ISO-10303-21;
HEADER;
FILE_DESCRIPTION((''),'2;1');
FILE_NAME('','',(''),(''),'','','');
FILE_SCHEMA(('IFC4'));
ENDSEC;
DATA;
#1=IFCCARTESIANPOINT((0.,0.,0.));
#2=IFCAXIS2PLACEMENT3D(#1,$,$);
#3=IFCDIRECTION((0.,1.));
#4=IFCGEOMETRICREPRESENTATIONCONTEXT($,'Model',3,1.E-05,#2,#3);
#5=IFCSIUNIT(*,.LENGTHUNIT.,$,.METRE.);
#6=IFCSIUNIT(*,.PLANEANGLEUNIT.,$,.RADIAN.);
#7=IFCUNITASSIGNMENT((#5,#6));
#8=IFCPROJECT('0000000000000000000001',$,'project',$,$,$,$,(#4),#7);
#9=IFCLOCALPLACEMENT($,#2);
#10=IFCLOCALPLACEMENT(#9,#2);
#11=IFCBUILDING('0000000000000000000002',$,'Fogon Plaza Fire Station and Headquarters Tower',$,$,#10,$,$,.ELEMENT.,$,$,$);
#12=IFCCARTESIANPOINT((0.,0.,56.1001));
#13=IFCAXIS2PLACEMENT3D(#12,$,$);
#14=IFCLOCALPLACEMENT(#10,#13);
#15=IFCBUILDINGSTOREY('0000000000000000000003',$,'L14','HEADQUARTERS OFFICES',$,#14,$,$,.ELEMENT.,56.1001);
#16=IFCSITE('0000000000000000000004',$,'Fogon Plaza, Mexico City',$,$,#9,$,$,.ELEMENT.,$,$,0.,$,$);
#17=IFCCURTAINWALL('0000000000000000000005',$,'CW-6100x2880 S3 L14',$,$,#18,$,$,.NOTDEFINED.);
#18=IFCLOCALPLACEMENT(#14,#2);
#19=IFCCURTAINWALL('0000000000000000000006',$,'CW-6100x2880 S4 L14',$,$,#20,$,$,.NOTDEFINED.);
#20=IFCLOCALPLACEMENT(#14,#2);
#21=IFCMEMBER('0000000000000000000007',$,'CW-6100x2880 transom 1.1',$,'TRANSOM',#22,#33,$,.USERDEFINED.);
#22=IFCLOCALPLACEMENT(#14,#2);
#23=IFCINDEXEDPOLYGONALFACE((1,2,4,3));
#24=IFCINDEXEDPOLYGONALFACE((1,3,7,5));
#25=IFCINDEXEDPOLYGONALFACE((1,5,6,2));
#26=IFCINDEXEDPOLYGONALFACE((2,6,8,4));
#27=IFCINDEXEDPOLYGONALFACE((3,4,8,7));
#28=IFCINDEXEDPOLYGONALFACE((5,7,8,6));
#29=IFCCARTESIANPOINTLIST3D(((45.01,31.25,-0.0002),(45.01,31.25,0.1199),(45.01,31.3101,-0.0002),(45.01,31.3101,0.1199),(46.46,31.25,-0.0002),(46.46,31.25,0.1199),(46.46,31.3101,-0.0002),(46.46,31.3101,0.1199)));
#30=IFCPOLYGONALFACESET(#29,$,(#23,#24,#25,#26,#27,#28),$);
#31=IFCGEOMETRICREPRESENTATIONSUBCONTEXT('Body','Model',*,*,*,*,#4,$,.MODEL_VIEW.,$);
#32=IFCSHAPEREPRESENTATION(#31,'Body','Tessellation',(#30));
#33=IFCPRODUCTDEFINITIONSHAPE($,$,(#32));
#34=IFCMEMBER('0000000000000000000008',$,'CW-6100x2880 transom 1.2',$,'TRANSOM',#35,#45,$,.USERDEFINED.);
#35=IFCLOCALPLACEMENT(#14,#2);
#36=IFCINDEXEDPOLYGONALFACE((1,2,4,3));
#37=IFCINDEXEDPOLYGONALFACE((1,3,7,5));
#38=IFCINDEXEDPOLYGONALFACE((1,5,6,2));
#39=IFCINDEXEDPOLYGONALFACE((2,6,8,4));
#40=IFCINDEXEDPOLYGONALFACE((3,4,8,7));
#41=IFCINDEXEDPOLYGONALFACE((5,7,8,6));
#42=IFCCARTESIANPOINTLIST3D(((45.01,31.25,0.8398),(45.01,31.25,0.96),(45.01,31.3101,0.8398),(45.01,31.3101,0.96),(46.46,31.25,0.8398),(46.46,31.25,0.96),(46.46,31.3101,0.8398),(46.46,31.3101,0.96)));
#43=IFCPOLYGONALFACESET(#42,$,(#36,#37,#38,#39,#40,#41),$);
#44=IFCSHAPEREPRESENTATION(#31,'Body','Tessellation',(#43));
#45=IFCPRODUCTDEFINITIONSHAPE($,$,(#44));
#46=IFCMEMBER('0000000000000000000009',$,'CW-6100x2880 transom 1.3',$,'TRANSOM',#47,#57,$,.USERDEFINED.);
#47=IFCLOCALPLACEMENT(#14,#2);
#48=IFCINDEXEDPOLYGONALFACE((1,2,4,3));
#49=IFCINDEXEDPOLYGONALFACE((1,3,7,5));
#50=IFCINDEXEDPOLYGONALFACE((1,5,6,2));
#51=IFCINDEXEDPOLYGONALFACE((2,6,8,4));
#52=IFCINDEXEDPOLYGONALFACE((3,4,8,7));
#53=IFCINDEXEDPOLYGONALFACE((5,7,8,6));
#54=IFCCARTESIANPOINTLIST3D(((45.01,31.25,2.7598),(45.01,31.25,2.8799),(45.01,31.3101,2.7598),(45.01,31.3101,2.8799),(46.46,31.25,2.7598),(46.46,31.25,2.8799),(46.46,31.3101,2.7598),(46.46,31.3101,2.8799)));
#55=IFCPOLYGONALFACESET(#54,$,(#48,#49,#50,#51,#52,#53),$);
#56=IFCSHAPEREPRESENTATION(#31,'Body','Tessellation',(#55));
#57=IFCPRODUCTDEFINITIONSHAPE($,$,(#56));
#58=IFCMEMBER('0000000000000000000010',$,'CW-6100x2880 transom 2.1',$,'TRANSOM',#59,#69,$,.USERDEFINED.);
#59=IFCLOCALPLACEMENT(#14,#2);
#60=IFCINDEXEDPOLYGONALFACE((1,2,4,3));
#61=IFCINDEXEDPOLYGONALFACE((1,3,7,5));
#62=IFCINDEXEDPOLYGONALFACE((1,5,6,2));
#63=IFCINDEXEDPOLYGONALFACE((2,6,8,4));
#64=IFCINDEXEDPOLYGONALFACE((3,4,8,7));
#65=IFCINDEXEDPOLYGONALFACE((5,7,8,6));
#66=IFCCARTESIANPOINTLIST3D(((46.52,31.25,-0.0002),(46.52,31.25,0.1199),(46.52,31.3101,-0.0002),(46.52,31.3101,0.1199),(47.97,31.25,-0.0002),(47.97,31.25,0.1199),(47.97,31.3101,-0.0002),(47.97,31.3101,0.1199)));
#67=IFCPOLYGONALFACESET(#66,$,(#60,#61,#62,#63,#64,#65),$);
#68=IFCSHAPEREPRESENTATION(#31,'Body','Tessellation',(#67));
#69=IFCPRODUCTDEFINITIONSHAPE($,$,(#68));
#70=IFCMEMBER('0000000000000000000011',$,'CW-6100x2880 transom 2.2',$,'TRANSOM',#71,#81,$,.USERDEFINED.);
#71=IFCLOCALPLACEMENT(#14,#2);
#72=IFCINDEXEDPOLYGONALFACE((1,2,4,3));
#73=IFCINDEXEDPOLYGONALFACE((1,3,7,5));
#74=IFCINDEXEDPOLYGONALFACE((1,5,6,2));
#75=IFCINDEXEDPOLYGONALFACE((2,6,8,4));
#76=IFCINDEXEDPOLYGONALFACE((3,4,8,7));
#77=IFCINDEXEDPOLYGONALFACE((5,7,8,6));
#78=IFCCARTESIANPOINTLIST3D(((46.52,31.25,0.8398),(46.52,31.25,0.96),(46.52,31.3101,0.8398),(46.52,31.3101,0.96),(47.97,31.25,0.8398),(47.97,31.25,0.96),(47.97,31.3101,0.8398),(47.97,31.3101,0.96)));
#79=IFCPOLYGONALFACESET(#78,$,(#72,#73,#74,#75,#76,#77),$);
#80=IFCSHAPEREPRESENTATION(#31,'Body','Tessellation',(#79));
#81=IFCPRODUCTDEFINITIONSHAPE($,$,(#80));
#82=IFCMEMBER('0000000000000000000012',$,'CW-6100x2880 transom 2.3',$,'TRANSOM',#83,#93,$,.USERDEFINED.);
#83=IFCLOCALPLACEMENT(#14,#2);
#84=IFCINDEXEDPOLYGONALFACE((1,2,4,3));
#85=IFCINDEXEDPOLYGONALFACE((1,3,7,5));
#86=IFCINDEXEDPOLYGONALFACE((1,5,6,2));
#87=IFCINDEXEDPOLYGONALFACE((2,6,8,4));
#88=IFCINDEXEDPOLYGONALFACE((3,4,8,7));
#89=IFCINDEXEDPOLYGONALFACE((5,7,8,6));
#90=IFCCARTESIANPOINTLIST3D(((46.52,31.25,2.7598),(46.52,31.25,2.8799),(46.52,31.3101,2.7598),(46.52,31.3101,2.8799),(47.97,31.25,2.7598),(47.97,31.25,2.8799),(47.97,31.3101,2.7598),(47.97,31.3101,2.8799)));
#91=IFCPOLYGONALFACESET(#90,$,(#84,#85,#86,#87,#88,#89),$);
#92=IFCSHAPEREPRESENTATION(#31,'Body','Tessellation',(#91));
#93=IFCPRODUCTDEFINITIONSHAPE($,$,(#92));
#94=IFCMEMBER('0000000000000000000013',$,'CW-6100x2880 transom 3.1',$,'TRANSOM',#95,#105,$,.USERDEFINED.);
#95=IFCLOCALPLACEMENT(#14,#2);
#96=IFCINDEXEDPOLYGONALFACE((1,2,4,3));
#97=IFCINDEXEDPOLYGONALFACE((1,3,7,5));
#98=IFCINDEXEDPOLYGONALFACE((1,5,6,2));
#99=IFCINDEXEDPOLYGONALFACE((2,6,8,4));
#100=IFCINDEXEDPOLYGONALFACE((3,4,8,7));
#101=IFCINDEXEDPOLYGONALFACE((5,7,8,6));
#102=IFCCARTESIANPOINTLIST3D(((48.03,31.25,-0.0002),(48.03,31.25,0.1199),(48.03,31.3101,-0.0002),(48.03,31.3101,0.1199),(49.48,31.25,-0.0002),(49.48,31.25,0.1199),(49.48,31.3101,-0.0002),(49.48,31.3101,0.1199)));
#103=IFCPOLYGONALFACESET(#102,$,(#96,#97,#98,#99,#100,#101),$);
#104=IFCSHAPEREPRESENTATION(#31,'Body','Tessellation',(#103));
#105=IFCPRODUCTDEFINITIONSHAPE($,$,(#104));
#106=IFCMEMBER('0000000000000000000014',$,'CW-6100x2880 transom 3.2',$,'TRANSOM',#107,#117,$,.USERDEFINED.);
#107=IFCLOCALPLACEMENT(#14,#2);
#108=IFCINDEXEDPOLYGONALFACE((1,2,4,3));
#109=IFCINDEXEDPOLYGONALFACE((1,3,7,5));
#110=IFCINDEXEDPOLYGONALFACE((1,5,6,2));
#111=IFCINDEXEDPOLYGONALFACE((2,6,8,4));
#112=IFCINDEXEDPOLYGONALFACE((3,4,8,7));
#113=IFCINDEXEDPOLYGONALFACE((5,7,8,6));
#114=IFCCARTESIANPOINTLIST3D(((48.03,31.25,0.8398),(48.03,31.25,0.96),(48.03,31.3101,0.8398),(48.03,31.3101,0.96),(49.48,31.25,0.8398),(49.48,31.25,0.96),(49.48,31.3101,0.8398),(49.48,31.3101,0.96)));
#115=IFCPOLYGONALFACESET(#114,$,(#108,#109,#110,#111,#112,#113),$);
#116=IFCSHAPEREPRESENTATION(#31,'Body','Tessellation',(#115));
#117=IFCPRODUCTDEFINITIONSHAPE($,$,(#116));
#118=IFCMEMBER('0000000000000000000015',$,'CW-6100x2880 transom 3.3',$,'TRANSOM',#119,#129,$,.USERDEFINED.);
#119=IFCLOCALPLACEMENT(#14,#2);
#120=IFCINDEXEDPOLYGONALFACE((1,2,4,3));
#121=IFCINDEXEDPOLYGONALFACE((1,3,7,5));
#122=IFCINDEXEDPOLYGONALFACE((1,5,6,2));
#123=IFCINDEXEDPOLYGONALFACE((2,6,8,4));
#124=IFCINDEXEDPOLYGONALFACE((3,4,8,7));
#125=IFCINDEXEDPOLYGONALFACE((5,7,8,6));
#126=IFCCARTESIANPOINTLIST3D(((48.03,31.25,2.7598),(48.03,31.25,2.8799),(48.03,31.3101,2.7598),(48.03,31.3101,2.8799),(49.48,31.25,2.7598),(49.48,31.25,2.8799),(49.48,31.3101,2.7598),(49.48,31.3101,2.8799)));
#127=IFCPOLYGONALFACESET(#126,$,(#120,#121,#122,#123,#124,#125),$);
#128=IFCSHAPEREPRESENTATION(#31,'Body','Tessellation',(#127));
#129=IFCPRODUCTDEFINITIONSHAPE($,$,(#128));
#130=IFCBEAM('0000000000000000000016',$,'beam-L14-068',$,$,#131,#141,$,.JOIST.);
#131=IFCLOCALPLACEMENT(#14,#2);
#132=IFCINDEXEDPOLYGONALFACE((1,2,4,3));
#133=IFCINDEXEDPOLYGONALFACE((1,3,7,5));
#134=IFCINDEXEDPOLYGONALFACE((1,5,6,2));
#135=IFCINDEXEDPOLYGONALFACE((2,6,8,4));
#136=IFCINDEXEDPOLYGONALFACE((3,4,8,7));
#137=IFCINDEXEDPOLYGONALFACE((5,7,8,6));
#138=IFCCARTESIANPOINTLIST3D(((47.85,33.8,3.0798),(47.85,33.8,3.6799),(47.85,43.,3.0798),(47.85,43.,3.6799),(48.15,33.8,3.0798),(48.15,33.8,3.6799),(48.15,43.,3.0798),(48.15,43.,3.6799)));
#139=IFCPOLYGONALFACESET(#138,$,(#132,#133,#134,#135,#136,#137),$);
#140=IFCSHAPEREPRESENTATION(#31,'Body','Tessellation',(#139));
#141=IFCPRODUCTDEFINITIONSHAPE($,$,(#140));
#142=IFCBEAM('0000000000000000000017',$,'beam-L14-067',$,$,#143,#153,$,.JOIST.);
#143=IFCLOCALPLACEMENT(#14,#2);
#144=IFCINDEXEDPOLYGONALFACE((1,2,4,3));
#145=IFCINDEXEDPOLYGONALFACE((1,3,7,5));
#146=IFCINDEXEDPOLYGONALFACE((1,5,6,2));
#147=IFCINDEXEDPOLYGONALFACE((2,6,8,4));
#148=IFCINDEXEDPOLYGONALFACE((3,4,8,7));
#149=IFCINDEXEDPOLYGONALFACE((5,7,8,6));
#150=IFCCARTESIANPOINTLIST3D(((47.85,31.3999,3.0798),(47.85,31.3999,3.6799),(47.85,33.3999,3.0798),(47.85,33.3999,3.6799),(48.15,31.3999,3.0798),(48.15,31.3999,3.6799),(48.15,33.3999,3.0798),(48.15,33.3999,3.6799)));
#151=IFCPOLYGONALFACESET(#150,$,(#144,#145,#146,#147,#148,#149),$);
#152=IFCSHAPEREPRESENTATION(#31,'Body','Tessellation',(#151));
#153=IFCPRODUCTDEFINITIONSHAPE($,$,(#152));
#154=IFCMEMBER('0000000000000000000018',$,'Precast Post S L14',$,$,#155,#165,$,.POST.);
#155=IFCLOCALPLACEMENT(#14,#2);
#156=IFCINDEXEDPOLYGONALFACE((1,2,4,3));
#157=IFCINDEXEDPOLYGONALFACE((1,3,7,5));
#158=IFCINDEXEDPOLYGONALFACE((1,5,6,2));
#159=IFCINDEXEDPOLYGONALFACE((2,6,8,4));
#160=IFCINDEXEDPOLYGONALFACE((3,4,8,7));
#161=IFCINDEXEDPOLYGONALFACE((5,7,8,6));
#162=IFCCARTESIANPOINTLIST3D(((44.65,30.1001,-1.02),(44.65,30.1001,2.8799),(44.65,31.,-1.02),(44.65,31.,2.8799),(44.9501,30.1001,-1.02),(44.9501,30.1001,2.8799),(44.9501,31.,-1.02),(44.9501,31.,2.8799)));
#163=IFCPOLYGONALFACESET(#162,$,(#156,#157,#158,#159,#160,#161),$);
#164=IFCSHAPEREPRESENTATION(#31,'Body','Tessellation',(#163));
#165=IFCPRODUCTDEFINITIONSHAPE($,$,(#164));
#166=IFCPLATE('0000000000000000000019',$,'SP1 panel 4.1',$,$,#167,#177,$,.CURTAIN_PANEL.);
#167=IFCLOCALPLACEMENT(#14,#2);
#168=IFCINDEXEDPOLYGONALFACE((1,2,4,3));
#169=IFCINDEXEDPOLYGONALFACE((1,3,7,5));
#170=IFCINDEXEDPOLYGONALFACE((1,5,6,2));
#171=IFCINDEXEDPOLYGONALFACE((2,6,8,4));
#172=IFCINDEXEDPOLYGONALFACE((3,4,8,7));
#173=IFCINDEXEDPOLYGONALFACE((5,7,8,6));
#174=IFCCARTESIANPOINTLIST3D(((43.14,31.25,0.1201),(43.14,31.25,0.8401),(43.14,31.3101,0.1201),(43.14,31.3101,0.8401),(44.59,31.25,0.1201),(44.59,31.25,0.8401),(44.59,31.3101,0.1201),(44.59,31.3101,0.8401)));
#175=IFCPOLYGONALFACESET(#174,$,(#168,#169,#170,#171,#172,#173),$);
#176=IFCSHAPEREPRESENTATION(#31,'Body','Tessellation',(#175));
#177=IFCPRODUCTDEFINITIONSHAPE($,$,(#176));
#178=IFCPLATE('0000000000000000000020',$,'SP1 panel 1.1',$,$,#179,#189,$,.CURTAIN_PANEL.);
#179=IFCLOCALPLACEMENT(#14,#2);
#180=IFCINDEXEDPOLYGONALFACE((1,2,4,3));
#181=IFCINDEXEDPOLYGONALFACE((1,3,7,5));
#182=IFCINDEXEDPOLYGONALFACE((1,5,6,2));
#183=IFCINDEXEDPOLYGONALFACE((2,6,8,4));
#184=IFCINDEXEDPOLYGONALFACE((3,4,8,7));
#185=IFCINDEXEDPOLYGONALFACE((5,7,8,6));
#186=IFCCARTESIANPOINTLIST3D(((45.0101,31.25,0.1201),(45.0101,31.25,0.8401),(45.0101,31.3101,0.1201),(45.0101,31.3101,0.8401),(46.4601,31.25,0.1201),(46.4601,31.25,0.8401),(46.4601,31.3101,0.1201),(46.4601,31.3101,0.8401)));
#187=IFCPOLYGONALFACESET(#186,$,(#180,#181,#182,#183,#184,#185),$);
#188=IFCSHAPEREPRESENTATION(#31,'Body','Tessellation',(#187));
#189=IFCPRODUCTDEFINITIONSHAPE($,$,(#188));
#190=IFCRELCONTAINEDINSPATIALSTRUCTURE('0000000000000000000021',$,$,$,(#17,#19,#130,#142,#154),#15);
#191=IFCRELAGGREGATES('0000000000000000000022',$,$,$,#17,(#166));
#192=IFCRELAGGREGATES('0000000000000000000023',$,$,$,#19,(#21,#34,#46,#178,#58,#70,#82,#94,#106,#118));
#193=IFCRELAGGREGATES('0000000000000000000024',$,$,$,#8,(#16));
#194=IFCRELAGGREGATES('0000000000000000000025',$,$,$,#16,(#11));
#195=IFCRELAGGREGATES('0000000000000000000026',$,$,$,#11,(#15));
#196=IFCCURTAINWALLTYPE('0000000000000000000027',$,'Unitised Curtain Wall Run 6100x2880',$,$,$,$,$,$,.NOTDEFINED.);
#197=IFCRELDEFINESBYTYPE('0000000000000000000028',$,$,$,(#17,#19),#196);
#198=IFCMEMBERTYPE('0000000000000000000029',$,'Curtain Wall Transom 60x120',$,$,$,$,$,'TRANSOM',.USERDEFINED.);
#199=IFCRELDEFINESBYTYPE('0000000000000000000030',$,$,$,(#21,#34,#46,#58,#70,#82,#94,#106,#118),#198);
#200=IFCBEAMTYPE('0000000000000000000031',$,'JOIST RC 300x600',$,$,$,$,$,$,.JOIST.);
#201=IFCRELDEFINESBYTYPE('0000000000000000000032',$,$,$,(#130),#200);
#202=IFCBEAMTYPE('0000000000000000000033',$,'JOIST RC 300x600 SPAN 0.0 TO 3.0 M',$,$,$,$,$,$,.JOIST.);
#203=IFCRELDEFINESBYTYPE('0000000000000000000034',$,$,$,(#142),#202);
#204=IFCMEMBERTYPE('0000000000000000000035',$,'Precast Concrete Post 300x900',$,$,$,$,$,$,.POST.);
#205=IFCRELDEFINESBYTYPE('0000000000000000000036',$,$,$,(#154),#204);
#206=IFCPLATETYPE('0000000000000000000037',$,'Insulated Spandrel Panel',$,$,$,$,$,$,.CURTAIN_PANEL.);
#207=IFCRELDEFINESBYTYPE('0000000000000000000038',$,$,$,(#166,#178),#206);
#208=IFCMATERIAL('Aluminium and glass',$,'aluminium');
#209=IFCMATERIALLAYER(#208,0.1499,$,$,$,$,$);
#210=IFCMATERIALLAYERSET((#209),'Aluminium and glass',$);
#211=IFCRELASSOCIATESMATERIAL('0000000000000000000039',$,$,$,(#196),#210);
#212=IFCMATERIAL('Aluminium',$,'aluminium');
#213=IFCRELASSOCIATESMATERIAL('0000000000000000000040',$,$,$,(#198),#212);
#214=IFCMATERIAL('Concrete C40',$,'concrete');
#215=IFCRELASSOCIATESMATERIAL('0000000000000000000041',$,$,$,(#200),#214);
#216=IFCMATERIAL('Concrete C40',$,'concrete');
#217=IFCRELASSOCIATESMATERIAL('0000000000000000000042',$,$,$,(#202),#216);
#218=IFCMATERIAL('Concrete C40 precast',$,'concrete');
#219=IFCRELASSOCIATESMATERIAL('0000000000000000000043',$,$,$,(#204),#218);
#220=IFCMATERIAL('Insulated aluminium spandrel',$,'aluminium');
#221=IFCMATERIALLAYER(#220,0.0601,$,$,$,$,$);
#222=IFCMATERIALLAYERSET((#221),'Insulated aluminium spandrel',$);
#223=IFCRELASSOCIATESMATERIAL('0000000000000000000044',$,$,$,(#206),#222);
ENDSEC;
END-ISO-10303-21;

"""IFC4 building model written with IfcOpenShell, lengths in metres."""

from ifc_helpers import new_model, si_unit, direction, frame, origin, origin_2d, place, context, subcontext, project, spatial, rectangle, extrude, material, layer, layer_set, material_profile, profile_set, type_object, element, aggregate, save


model = new_model("IFC4")

# Units and contexts
model_context = context("Model", 3, precision=1e-05, world=origin(), true_north=direction((0.0, 1.0)))
body_context = subcontext(model_context, "Body", "Model", "MODEL_VIEW")
ifc_project = project(units=[si_unit("LENGTHUNIT", "METRE"), si_unit("PLANEANGLEUNIT", "RADIAN")], contexts=[model_context])

# Site, building, storey
site_placement = place(None, origin())
site = spatial("IfcSite", under=ifc_project, at=site_placement, Name="Fogon Plaza, Mexico City", CompositionType="ELEMENT", RefElevation=0.0)
building_placement = place(site_placement, origin())
building = spatial("IfcBuilding", under=site, at=building_placement, Name="Fogon Plaza Fire Station and Headquarters Tower", CompositionType="ELEMENT")
storey_placement = place(building_placement, frame((0.0, 0.0, 56.1001)))
storey = spatial("IfcBuildingStorey", under=building, at=storey_placement, Name="L14", Description="HEADQUARTERS OFFICES", CompositionType="ELEMENT", Elevation=56.1001)

# Curtain walls
ifc_material_1 = material(Name="Aluminium and glass", Category="aluminium")
ifc_layer_1 = layer(ifc_material_1, 0.1499)
ifc_layer_set_1 = layer_set([ifc_layer_1], Name="Aluminium and glass")
curtain_wall_type = type_object("IfcCurtainWallType", Name="Unitised Curtain Wall Run 6100x2880", PredefinedType="NOTDEFINED", material=ifc_layer_set_1)
curtain_wall_1_placement = place(storey_placement, origin())
curtain_wall_1 = element("IfcCurtainWall", 1, at=curtain_wall_1_placement, inside=storey, type_object=curtain_wall_type, Name="CW-6100x2880 S3 L14", PredefinedType="NOTDEFINED")
curtain_wall_2_placement = place(storey_placement, origin())
curtain_wall_2 = element("IfcCurtainWall", 2, at=curtain_wall_2_placement, inside=storey, type_object=curtain_wall_type, Name="CW-6100x2880 S4 L14", PredefinedType="NOTDEFINED")

# Members
ifc_material_2 = material(Name="Aluminium", Category="aluminium")
ifc_material_profile_1 = material_profile(ifc_material_2, rectangle(XDim=0.0601, YDim=0.1201, at=origin_2d()), Name="Curtain Wall Transom 60x120")
ifc_profile_set_1 = profile_set([ifc_material_profile_1], Name="Aluminium")
member_type_1 = type_object("IfcMemberType", Name="Curtain Wall Transom 60x120", ElementType="TRANSOM", PredefinedType="USERDEFINED", material=ifc_profile_set_1)
member_1_placement = place(storey_placement, frame((45.01, 31.28, 0.0598), z_axis=(1.0, 0.0, 0.0), x_axis=(0.0, 1.0, 0.0)))
member_1 = element("IfcMember", 3, at=member_1_placement, type_object=member_type_1, Name="CW-6100x2880 transom 1.1", ObjectType="TRANSOM", PredefinedType="USERDEFINED", context=body_context, shape_type="SweptSolid", body=[
    extrude(rectangle(XDim=0.0601, YDim=0.1201, at=origin_2d()), origin(), (0.0, 0.0, 1.0), 1.45),
])
member_2_placement = place(storey_placement, frame((45.01, 31.28, 0.8999), z_axis=(1.0, 0.0, 0.0), x_axis=(0.0, 1.0, 0.0)))
member_2 = element("IfcMember", 4, at=member_2_placement, type_object=member_type_1, Name="CW-6100x2880 transom 1.2", ObjectType="TRANSOM", PredefinedType="USERDEFINED", context=body_context, shape_type="SweptSolid", body=[
    extrude(rectangle(XDim=0.0601, YDim=0.1201, at=origin_2d()), origin(), (0.0, 0.0, 1.0), 1.45),
])
member_3_placement = place(storey_placement, frame((45.01, 31.28, 2.8198), z_axis=(1.0, 0.0, 0.0), x_axis=(0.0, 1.0, 0.0)))
member_3 = element("IfcMember", 5, at=member_3_placement, type_object=member_type_1, Name="CW-6100x2880 transom 1.3", ObjectType="TRANSOM", PredefinedType="USERDEFINED", context=body_context, shape_type="SweptSolid", body=[
    extrude(rectangle(XDim=0.0601, YDim=0.1201, at=origin_2d()), origin(), (0.0, 0.0, 1.0), 1.45),
])
member_4_placement = place(storey_placement, frame((46.52, 31.28, 0.0598), z_axis=(1.0, 0.0, 0.0), x_axis=(0.0, 1.0, 0.0)))
member_4 = element("IfcMember", 6, at=member_4_placement, type_object=member_type_1, Name="CW-6100x2880 transom 2.1", ObjectType="TRANSOM", PredefinedType="USERDEFINED", context=body_context, shape_type="SweptSolid", body=[
    extrude(rectangle(XDim=0.0601, YDim=0.1201, at=origin_2d()), origin(), (0.0, 0.0, 1.0), 1.45),
])
member_5_placement = place(storey_placement, frame((46.52, 31.28, 0.8999), z_axis=(1.0, 0.0, 0.0), x_axis=(0.0, 1.0, 0.0)))
member_5 = element("IfcMember", 7, at=member_5_placement, type_object=member_type_1, Name="CW-6100x2880 transom 2.2", ObjectType="TRANSOM", PredefinedType="USERDEFINED", context=body_context, shape_type="SweptSolid", body=[
    extrude(rectangle(XDim=0.0601, YDim=0.1201, at=origin_2d()), origin(), (0.0, 0.0, 1.0), 1.45),
])
member_6_placement = place(storey_placement, frame((46.52, 31.28, 2.8198), z_axis=(1.0, 0.0, 0.0), x_axis=(0.0, 1.0, 0.0)))
member_6 = element("IfcMember", 8, at=member_6_placement, type_object=member_type_1, Name="CW-6100x2880 transom 2.3", ObjectType="TRANSOM", PredefinedType="USERDEFINED", context=body_context, shape_type="SweptSolid", body=[
    extrude(rectangle(XDim=0.0601, YDim=0.1201, at=origin_2d()), origin(), (0.0, 0.0, 1.0), 1.45),
])
member_7_placement = place(storey_placement, frame((48.03, 31.28, 0.0598), z_axis=(1.0, 0.0, 0.0), x_axis=(0.0, 1.0, 0.0)))
member_7 = element("IfcMember", 9, at=member_7_placement, type_object=member_type_1, Name="CW-6100x2880 transom 3.1", ObjectType="TRANSOM", PredefinedType="USERDEFINED", context=body_context, shape_type="SweptSolid", body=[
    extrude(rectangle(XDim=0.0601, YDim=0.1201, at=origin_2d()), origin(), (0.0, 0.0, 1.0), 1.45),
])
member_8_placement = place(storey_placement, frame((48.03, 31.28, 0.8999), z_axis=(1.0, 0.0, 0.0), x_axis=(0.0, 1.0, 0.0)))
member_8 = element("IfcMember", 10, at=member_8_placement, type_object=member_type_1, Name="CW-6100x2880 transom 3.2", ObjectType="TRANSOM", PredefinedType="USERDEFINED", context=body_context, shape_type="SweptSolid", body=[
    extrude(rectangle(XDim=0.0601, YDim=0.1201, at=origin_2d()), origin(), (0.0, 0.0, 1.0), 1.45),
])
member_9_placement = place(storey_placement, frame((48.03, 31.28, 2.8198), z_axis=(1.0, 0.0, 0.0), x_axis=(0.0, 1.0, 0.0)))
member_9 = element("IfcMember", 11, at=member_9_placement, type_object=member_type_1, Name="CW-6100x2880 transom 3.3", ObjectType="TRANSOM", PredefinedType="USERDEFINED", context=body_context, shape_type="SweptSolid", body=[
    extrude(rectangle(XDim=0.0601, YDim=0.1201, at=origin_2d()), origin(), (0.0, 0.0, 1.0), 1.45),
])

# Beams
ifc_material_3 = material(Name="Concrete C40", Category="concrete")
ifc_material_profile_2 = material_profile(ifc_material_3, rectangle(XDim=0.3, YDim=0.6001, at=origin_2d()), Name="RC 300x600")
ifc_profile_set_2 = profile_set([ifc_material_profile_2], Name="Concrete C40")
beam_type_1 = type_object("IfcBeamType", Name="JOIST RC 300x600", PredefinedType="JOIST", material=ifc_profile_set_2)
beam_1_placement = place(storey_placement, frame((48.0, 33.8, 3.3799), z_axis=(0.0, 1.0, 0.0), x_axis=(-1.0, 0.0, 0.0)))
element("IfcBeam", 12, at=beam_1_placement, inside=storey, type_object=beam_type_1, Name="beam-L14-068", PredefinedType="JOIST", context=body_context, shape_type="SweptSolid", body=[
    extrude(rectangle(XDim=0.3, YDim=0.6001, at=origin_2d()), origin(), (0.0, 0.0, 1.0), 9.2),
])
ifc_material_4 = material(Name="Concrete C40", Category="concrete")
ifc_material_profile_3 = material_profile(ifc_material_4, rectangle(XDim=0.3, YDim=0.6001, at=origin_2d()), Name="RC 300x600")
ifc_profile_set_3 = profile_set([ifc_material_profile_3], Name="Concrete C40")
beam_type_2 = type_object("IfcBeamType", Name="JOIST RC 300x600 SPAN 0.0 TO 3.0 M", PredefinedType="JOIST", material=ifc_profile_set_3)
beam_2_placement = place(storey_placement, frame((48.0, 31.3999, 3.3799), z_axis=(0.0, 1.0, 0.0), x_axis=(-1.0, 0.0, 0.0)))
element("IfcBeam", 13, at=beam_2_placement, inside=storey, type_object=beam_type_2, Name="beam-L14-067", PredefinedType="JOIST", context=body_context, shape_type="SweptSolid", body=[
    extrude(rectangle(XDim=0.3, YDim=0.6001, at=origin_2d()), origin(), (0.0, 0.0, 1.0), 2.0),
])

# Member
ifc_material_5 = material(Name="Concrete C40 precast", Category="concrete")
ifc_material_profile_4 = material_profile(ifc_material_5, rectangle(XDim=0.3, YDim=0.8999, at=origin_2d()), Name="Precast Concrete Post 300x900")
ifc_profile_set_4 = profile_set([ifc_material_profile_4], Name="Concrete C40 precast")
member_type_2 = type_object("IfcMemberType", Name="Precast Concrete Post 300x900", PredefinedType="POST", material=ifc_profile_set_4)
member_10_placement = place(storey_placement, frame((44.8, 30.55, -1.02), z_axis=(0.0, 0.0, 1.0), x_axis=(1.0, 0.0, 0.0)))
element("IfcMember", 14, at=member_10_placement, inside=storey, type_object=member_type_2, Name="Precast Post S L14", PredefinedType="POST", context=body_context, shape_type="SweptSolid", body=[
    extrude(rectangle(XDim=0.3, YDim=0.8999, at=origin_2d()), origin(), (0.0, 0.0, 1.0), 3.8999),
])

# Plates
ifc_material_6 = material(Name="Insulated aluminium spandrel", Category="aluminium")
ifc_layer_2 = layer(ifc_material_6, 0.0601)
ifc_layer_set_2 = layer_set([ifc_layer_2], Name="Insulated aluminium spandrel")
plate_type_1 = type_object("IfcPlateType", Name="Insulated Spandrel Panel", PredefinedType="CURTAIN_PANEL", material=ifc_layer_set_2)
plate_1_placement = place(storey_placement, frame((43.865, 31.28, 0.1201), z_axis=(0.0, 0.0, 1.0), x_axis=(1.0, 0.0, 0.0)))
plate_1 = element("IfcPlate", 15, at=plate_1_placement, type_object=plate_type_1, Name="SP1 panel 4.1", PredefinedType="CURTAIN_PANEL", context=body_context, shape_type="SweptSolid", body=[
    extrude(rectangle(XDim=1.45, YDim=0.0601, at=origin_2d()), origin(), (0.0, 0.0, 1.0), 0.72),
])
plate_2_placement = place(storey_placement, frame((45.7351, 31.28, 0.1201), z_axis=(0.0, 0.0, 1.0), x_axis=(1.0, 0.0, 0.0)))
plate_2 = element("IfcPlate", 16, at=plate_2_placement, type_object=plate_type_1, Name="SP1 panel 1.1", PredefinedType="CURTAIN_PANEL", context=body_context, shape_type="SweptSolid", body=[
    extrude(rectangle(XDim=1.45, YDim=0.0601, at=origin_2d()), origin(), (0.0, 0.0, 1.0), 0.72),
])
aggregate(curtain_wall_1, [plate_1])
aggregate(curtain_wall_2, [member_1, member_2, member_3, plate_2, member_4, member_5, member_6, member_7, member_8, member_9])

save(model, "model.ifc")
